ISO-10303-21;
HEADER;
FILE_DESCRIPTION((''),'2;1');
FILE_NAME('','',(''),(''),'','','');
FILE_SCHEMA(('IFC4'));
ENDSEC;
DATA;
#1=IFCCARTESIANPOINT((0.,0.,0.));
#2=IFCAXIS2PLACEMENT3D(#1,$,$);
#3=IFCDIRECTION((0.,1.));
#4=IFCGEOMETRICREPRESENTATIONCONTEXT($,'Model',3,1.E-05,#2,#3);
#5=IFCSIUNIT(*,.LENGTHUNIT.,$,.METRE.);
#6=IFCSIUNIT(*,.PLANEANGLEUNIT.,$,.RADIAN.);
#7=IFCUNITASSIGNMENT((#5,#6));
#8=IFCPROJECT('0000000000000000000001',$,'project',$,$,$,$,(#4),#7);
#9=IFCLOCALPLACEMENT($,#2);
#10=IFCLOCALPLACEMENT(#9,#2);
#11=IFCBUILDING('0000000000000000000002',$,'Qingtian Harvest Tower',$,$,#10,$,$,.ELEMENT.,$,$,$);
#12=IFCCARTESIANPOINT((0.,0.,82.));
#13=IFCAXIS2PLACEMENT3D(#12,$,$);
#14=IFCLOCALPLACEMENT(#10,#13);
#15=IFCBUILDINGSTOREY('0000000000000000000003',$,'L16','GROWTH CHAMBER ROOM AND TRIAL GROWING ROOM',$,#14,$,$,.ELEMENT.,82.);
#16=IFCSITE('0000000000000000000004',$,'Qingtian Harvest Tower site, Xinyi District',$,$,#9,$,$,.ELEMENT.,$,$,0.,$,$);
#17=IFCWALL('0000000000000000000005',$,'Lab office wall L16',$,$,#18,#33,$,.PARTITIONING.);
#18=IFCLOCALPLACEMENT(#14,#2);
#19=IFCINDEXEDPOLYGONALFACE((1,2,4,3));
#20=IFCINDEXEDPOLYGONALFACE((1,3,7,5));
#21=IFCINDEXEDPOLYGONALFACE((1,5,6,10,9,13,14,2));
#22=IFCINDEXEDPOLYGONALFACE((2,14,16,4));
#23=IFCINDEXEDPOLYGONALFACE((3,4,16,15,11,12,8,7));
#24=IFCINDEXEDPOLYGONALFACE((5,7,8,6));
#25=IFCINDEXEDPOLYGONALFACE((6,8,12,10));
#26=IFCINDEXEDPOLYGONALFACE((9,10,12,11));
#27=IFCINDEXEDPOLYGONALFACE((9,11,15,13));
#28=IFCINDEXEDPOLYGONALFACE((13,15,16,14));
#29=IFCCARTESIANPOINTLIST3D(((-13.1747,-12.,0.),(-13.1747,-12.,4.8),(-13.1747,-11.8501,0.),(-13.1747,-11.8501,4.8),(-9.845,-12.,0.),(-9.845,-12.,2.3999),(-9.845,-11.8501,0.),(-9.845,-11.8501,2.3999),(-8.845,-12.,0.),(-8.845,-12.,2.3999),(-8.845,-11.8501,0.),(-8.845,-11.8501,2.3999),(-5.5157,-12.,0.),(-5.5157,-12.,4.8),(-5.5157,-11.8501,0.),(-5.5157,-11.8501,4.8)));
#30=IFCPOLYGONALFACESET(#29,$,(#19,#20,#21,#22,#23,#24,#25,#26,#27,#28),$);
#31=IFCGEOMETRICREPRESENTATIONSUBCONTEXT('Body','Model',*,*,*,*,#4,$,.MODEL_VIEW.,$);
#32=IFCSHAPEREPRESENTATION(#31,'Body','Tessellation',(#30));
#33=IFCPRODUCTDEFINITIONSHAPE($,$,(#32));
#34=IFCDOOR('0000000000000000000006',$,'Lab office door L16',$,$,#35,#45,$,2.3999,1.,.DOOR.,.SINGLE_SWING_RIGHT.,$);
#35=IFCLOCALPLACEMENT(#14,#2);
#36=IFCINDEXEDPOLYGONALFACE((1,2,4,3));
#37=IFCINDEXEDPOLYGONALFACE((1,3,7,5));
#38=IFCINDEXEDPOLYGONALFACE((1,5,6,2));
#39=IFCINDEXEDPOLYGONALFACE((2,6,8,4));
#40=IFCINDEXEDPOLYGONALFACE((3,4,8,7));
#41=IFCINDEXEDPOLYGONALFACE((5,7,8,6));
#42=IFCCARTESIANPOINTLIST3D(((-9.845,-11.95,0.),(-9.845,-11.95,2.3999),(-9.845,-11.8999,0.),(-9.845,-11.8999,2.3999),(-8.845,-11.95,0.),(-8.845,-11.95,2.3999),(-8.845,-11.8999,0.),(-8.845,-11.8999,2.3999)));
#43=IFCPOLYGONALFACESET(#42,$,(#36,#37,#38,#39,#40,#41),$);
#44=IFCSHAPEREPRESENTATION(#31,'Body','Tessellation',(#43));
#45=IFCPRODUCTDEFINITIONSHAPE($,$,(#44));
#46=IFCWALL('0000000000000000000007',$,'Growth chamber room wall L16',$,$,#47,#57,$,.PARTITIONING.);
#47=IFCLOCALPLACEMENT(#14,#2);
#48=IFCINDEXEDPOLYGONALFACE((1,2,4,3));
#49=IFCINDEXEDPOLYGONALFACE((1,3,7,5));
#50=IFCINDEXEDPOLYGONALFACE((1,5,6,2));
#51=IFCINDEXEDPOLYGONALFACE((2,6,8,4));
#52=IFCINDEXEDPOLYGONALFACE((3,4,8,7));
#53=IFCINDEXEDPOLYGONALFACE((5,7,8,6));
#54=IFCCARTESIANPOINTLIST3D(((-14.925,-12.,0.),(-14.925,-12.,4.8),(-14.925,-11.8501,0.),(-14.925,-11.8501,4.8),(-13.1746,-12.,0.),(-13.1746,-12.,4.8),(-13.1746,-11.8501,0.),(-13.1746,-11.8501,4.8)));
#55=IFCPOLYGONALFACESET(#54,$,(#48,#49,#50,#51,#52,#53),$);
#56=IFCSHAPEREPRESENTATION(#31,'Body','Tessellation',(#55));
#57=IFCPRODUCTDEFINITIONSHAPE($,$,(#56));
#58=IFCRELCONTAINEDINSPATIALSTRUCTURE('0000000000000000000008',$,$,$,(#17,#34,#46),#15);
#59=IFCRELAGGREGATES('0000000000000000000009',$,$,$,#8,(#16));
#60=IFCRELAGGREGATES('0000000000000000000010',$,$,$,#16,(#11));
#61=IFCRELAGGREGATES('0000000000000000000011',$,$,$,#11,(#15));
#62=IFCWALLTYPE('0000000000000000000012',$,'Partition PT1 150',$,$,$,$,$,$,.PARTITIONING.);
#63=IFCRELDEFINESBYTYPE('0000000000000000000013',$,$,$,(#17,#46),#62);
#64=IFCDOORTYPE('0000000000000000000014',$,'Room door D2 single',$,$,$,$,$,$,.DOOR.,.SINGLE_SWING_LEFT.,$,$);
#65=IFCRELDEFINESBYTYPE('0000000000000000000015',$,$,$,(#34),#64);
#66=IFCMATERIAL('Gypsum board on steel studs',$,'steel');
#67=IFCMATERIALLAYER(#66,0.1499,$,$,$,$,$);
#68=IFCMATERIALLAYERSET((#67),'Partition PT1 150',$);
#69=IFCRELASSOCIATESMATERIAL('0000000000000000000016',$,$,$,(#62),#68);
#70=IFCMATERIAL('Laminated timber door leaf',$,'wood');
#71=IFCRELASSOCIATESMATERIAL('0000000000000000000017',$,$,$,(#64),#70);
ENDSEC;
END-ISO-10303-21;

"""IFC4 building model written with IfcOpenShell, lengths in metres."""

from ifc_helpers import new_model, si_unit, direction, frame, frame_2d, origin, place, context, subcontext, project, spatial, rectangle, extrude, material, layer, layer_set, type_object, element, fill, save


model = new_model("IFC4")

# Units and contexts
model_context = context("Model", 3, precision=1e-05, world=origin(), true_north=direction((0.0, 1.0)))
body_context = subcontext(model_context, "Body", "Model", "MODEL_VIEW")
ifc_project = project(units=[si_unit("LENGTHUNIT", "METRE"), si_unit("PLANEANGLEUNIT", "RADIAN")], contexts=[model_context])

# Site, building, storey
site_placement = place(None, origin())
site = spatial("IfcSite", under=ifc_project, at=site_placement, Name="Qingtian Harvest Tower site, Xinyi District", CompositionType="ELEMENT", RefElevation=0.0)
building_placement = place(site_placement, origin())
building = spatial("IfcBuilding", under=site, at=building_placement, Name="Qingtian Harvest Tower", CompositionType="ELEMENT")
storey_placement = place(building_placement, frame((0.0, 0.0, 82.0)))
storey = spatial("IfcBuildingStorey", under=building, at=storey_placement, Name="L16", Description="GROWTH CHAMBER ROOM AND TRIAL GROWING ROOM", CompositionType="ELEMENT", Elevation=82.0)

# Shared definitions
ifc_material_1 = material(Name="Gypsum board on steel studs", Category="steel")
ifc_layer_1 = layer(ifc_material_1, 0.1499)
ifc_layer_set_1 = layer_set([ifc_layer_1], Name="Partition PT1 150")
wall_type_1 = type_object("IfcWallType", Name="Partition PT1 150", PredefinedType="PARTITIONING", material=ifc_layer_set_1)

# Shared definitions
ifc_material_2 = material(Name="Laminated timber door leaf", Category="wood")
door_type_1 = type_object("IfcDoorType", Name="Room door D2 single", OperationType="SINGLE_SWING_LEFT", PredefinedType="DOOR", material=ifc_material_2)

# Wall, opening, door
wall_1_placement = place(storey_placement, frame((-5.5156, -11.925, 0.0), z_axis=(0.0, 0.0, 1.0), x_axis=(-1.0, 0.0, 0.0)))
wall_1 = element("IfcWall", 1, at=wall_1_placement, inside=storey, type_object=wall_type_1, Name="Lab office wall L16", PredefinedType="PARTITIONING", context=body_context, shape_type="SweptSolid", body=[
    extrude(rectangle(XDim=7.6589, YDim=0.1499, at=frame_2d((3.8296, 0.0))), origin(), (0.0, 0.0, 1.0), 4.8),
])
opening_1_placement = place(wall_1_placement, frame((3.3293, 0.0, 0.0)))
opening_1 = element("IfcOpeningElement", 2, at=opening_1_placement, cuts=wall_1, PredefinedType="OPENING", context=body_context, shape_type="SweptSolid", body=[
    extrude(rectangle(XDim=1.0, YDim=2.3999, at=frame_2d((0.5, 1.2))), frame((0.0, 0.085, 0.0), z_axis=(0.0, -1.0, 0.0), x_axis=(1.0, 0.0, 0.0)), (0.0, 0.0, 1.0), 0.1699),
])
door_1_placement = place(opening_1_placement, origin())
door_1 = element("IfcDoor", 3, at=door_1_placement, inside=storey, type_object=door_type_1, Name="Lab office door L16", OperationType="SINGLE_SWING_RIGHT", OverallHeight=2.3999, OverallWidth=1.0, PredefinedType="DOOR", context=body_context, shape_type="SweptSolid", body=[
    extrude(rectangle(XDim=1.0, YDim=2.3999, at=frame_2d((0.5, 1.2))), frame((0.0, 0.0249, 0.0), z_axis=(0.0, -1.0, 0.0), x_axis=(1.0, 0.0, 0.0)), (0.0, 0.0, 1.0), 0.05),
])
fill(opening_1, door_1)

# Wall
wall_2_placement = place(storey_placement, frame((-13.1746, -11.925, 0.0), z_axis=(0.0, 0.0, 1.0), x_axis=(-1.0, 0.0, 0.0)))
element("IfcWall", 4, at=wall_2_placement, inside=storey, type_object=wall_type_1, Name="Growth chamber room wall L16", PredefinedType="PARTITIONING", context=body_context, shape_type="SweptSolid", body=[
    extrude(rectangle(XDim=1.7505, YDim=0.1499, at=frame_2d((0.8752, 0.0))), origin(), (0.0, 0.0, 1.0), 4.8),
])

save(model, "model.ifc")
